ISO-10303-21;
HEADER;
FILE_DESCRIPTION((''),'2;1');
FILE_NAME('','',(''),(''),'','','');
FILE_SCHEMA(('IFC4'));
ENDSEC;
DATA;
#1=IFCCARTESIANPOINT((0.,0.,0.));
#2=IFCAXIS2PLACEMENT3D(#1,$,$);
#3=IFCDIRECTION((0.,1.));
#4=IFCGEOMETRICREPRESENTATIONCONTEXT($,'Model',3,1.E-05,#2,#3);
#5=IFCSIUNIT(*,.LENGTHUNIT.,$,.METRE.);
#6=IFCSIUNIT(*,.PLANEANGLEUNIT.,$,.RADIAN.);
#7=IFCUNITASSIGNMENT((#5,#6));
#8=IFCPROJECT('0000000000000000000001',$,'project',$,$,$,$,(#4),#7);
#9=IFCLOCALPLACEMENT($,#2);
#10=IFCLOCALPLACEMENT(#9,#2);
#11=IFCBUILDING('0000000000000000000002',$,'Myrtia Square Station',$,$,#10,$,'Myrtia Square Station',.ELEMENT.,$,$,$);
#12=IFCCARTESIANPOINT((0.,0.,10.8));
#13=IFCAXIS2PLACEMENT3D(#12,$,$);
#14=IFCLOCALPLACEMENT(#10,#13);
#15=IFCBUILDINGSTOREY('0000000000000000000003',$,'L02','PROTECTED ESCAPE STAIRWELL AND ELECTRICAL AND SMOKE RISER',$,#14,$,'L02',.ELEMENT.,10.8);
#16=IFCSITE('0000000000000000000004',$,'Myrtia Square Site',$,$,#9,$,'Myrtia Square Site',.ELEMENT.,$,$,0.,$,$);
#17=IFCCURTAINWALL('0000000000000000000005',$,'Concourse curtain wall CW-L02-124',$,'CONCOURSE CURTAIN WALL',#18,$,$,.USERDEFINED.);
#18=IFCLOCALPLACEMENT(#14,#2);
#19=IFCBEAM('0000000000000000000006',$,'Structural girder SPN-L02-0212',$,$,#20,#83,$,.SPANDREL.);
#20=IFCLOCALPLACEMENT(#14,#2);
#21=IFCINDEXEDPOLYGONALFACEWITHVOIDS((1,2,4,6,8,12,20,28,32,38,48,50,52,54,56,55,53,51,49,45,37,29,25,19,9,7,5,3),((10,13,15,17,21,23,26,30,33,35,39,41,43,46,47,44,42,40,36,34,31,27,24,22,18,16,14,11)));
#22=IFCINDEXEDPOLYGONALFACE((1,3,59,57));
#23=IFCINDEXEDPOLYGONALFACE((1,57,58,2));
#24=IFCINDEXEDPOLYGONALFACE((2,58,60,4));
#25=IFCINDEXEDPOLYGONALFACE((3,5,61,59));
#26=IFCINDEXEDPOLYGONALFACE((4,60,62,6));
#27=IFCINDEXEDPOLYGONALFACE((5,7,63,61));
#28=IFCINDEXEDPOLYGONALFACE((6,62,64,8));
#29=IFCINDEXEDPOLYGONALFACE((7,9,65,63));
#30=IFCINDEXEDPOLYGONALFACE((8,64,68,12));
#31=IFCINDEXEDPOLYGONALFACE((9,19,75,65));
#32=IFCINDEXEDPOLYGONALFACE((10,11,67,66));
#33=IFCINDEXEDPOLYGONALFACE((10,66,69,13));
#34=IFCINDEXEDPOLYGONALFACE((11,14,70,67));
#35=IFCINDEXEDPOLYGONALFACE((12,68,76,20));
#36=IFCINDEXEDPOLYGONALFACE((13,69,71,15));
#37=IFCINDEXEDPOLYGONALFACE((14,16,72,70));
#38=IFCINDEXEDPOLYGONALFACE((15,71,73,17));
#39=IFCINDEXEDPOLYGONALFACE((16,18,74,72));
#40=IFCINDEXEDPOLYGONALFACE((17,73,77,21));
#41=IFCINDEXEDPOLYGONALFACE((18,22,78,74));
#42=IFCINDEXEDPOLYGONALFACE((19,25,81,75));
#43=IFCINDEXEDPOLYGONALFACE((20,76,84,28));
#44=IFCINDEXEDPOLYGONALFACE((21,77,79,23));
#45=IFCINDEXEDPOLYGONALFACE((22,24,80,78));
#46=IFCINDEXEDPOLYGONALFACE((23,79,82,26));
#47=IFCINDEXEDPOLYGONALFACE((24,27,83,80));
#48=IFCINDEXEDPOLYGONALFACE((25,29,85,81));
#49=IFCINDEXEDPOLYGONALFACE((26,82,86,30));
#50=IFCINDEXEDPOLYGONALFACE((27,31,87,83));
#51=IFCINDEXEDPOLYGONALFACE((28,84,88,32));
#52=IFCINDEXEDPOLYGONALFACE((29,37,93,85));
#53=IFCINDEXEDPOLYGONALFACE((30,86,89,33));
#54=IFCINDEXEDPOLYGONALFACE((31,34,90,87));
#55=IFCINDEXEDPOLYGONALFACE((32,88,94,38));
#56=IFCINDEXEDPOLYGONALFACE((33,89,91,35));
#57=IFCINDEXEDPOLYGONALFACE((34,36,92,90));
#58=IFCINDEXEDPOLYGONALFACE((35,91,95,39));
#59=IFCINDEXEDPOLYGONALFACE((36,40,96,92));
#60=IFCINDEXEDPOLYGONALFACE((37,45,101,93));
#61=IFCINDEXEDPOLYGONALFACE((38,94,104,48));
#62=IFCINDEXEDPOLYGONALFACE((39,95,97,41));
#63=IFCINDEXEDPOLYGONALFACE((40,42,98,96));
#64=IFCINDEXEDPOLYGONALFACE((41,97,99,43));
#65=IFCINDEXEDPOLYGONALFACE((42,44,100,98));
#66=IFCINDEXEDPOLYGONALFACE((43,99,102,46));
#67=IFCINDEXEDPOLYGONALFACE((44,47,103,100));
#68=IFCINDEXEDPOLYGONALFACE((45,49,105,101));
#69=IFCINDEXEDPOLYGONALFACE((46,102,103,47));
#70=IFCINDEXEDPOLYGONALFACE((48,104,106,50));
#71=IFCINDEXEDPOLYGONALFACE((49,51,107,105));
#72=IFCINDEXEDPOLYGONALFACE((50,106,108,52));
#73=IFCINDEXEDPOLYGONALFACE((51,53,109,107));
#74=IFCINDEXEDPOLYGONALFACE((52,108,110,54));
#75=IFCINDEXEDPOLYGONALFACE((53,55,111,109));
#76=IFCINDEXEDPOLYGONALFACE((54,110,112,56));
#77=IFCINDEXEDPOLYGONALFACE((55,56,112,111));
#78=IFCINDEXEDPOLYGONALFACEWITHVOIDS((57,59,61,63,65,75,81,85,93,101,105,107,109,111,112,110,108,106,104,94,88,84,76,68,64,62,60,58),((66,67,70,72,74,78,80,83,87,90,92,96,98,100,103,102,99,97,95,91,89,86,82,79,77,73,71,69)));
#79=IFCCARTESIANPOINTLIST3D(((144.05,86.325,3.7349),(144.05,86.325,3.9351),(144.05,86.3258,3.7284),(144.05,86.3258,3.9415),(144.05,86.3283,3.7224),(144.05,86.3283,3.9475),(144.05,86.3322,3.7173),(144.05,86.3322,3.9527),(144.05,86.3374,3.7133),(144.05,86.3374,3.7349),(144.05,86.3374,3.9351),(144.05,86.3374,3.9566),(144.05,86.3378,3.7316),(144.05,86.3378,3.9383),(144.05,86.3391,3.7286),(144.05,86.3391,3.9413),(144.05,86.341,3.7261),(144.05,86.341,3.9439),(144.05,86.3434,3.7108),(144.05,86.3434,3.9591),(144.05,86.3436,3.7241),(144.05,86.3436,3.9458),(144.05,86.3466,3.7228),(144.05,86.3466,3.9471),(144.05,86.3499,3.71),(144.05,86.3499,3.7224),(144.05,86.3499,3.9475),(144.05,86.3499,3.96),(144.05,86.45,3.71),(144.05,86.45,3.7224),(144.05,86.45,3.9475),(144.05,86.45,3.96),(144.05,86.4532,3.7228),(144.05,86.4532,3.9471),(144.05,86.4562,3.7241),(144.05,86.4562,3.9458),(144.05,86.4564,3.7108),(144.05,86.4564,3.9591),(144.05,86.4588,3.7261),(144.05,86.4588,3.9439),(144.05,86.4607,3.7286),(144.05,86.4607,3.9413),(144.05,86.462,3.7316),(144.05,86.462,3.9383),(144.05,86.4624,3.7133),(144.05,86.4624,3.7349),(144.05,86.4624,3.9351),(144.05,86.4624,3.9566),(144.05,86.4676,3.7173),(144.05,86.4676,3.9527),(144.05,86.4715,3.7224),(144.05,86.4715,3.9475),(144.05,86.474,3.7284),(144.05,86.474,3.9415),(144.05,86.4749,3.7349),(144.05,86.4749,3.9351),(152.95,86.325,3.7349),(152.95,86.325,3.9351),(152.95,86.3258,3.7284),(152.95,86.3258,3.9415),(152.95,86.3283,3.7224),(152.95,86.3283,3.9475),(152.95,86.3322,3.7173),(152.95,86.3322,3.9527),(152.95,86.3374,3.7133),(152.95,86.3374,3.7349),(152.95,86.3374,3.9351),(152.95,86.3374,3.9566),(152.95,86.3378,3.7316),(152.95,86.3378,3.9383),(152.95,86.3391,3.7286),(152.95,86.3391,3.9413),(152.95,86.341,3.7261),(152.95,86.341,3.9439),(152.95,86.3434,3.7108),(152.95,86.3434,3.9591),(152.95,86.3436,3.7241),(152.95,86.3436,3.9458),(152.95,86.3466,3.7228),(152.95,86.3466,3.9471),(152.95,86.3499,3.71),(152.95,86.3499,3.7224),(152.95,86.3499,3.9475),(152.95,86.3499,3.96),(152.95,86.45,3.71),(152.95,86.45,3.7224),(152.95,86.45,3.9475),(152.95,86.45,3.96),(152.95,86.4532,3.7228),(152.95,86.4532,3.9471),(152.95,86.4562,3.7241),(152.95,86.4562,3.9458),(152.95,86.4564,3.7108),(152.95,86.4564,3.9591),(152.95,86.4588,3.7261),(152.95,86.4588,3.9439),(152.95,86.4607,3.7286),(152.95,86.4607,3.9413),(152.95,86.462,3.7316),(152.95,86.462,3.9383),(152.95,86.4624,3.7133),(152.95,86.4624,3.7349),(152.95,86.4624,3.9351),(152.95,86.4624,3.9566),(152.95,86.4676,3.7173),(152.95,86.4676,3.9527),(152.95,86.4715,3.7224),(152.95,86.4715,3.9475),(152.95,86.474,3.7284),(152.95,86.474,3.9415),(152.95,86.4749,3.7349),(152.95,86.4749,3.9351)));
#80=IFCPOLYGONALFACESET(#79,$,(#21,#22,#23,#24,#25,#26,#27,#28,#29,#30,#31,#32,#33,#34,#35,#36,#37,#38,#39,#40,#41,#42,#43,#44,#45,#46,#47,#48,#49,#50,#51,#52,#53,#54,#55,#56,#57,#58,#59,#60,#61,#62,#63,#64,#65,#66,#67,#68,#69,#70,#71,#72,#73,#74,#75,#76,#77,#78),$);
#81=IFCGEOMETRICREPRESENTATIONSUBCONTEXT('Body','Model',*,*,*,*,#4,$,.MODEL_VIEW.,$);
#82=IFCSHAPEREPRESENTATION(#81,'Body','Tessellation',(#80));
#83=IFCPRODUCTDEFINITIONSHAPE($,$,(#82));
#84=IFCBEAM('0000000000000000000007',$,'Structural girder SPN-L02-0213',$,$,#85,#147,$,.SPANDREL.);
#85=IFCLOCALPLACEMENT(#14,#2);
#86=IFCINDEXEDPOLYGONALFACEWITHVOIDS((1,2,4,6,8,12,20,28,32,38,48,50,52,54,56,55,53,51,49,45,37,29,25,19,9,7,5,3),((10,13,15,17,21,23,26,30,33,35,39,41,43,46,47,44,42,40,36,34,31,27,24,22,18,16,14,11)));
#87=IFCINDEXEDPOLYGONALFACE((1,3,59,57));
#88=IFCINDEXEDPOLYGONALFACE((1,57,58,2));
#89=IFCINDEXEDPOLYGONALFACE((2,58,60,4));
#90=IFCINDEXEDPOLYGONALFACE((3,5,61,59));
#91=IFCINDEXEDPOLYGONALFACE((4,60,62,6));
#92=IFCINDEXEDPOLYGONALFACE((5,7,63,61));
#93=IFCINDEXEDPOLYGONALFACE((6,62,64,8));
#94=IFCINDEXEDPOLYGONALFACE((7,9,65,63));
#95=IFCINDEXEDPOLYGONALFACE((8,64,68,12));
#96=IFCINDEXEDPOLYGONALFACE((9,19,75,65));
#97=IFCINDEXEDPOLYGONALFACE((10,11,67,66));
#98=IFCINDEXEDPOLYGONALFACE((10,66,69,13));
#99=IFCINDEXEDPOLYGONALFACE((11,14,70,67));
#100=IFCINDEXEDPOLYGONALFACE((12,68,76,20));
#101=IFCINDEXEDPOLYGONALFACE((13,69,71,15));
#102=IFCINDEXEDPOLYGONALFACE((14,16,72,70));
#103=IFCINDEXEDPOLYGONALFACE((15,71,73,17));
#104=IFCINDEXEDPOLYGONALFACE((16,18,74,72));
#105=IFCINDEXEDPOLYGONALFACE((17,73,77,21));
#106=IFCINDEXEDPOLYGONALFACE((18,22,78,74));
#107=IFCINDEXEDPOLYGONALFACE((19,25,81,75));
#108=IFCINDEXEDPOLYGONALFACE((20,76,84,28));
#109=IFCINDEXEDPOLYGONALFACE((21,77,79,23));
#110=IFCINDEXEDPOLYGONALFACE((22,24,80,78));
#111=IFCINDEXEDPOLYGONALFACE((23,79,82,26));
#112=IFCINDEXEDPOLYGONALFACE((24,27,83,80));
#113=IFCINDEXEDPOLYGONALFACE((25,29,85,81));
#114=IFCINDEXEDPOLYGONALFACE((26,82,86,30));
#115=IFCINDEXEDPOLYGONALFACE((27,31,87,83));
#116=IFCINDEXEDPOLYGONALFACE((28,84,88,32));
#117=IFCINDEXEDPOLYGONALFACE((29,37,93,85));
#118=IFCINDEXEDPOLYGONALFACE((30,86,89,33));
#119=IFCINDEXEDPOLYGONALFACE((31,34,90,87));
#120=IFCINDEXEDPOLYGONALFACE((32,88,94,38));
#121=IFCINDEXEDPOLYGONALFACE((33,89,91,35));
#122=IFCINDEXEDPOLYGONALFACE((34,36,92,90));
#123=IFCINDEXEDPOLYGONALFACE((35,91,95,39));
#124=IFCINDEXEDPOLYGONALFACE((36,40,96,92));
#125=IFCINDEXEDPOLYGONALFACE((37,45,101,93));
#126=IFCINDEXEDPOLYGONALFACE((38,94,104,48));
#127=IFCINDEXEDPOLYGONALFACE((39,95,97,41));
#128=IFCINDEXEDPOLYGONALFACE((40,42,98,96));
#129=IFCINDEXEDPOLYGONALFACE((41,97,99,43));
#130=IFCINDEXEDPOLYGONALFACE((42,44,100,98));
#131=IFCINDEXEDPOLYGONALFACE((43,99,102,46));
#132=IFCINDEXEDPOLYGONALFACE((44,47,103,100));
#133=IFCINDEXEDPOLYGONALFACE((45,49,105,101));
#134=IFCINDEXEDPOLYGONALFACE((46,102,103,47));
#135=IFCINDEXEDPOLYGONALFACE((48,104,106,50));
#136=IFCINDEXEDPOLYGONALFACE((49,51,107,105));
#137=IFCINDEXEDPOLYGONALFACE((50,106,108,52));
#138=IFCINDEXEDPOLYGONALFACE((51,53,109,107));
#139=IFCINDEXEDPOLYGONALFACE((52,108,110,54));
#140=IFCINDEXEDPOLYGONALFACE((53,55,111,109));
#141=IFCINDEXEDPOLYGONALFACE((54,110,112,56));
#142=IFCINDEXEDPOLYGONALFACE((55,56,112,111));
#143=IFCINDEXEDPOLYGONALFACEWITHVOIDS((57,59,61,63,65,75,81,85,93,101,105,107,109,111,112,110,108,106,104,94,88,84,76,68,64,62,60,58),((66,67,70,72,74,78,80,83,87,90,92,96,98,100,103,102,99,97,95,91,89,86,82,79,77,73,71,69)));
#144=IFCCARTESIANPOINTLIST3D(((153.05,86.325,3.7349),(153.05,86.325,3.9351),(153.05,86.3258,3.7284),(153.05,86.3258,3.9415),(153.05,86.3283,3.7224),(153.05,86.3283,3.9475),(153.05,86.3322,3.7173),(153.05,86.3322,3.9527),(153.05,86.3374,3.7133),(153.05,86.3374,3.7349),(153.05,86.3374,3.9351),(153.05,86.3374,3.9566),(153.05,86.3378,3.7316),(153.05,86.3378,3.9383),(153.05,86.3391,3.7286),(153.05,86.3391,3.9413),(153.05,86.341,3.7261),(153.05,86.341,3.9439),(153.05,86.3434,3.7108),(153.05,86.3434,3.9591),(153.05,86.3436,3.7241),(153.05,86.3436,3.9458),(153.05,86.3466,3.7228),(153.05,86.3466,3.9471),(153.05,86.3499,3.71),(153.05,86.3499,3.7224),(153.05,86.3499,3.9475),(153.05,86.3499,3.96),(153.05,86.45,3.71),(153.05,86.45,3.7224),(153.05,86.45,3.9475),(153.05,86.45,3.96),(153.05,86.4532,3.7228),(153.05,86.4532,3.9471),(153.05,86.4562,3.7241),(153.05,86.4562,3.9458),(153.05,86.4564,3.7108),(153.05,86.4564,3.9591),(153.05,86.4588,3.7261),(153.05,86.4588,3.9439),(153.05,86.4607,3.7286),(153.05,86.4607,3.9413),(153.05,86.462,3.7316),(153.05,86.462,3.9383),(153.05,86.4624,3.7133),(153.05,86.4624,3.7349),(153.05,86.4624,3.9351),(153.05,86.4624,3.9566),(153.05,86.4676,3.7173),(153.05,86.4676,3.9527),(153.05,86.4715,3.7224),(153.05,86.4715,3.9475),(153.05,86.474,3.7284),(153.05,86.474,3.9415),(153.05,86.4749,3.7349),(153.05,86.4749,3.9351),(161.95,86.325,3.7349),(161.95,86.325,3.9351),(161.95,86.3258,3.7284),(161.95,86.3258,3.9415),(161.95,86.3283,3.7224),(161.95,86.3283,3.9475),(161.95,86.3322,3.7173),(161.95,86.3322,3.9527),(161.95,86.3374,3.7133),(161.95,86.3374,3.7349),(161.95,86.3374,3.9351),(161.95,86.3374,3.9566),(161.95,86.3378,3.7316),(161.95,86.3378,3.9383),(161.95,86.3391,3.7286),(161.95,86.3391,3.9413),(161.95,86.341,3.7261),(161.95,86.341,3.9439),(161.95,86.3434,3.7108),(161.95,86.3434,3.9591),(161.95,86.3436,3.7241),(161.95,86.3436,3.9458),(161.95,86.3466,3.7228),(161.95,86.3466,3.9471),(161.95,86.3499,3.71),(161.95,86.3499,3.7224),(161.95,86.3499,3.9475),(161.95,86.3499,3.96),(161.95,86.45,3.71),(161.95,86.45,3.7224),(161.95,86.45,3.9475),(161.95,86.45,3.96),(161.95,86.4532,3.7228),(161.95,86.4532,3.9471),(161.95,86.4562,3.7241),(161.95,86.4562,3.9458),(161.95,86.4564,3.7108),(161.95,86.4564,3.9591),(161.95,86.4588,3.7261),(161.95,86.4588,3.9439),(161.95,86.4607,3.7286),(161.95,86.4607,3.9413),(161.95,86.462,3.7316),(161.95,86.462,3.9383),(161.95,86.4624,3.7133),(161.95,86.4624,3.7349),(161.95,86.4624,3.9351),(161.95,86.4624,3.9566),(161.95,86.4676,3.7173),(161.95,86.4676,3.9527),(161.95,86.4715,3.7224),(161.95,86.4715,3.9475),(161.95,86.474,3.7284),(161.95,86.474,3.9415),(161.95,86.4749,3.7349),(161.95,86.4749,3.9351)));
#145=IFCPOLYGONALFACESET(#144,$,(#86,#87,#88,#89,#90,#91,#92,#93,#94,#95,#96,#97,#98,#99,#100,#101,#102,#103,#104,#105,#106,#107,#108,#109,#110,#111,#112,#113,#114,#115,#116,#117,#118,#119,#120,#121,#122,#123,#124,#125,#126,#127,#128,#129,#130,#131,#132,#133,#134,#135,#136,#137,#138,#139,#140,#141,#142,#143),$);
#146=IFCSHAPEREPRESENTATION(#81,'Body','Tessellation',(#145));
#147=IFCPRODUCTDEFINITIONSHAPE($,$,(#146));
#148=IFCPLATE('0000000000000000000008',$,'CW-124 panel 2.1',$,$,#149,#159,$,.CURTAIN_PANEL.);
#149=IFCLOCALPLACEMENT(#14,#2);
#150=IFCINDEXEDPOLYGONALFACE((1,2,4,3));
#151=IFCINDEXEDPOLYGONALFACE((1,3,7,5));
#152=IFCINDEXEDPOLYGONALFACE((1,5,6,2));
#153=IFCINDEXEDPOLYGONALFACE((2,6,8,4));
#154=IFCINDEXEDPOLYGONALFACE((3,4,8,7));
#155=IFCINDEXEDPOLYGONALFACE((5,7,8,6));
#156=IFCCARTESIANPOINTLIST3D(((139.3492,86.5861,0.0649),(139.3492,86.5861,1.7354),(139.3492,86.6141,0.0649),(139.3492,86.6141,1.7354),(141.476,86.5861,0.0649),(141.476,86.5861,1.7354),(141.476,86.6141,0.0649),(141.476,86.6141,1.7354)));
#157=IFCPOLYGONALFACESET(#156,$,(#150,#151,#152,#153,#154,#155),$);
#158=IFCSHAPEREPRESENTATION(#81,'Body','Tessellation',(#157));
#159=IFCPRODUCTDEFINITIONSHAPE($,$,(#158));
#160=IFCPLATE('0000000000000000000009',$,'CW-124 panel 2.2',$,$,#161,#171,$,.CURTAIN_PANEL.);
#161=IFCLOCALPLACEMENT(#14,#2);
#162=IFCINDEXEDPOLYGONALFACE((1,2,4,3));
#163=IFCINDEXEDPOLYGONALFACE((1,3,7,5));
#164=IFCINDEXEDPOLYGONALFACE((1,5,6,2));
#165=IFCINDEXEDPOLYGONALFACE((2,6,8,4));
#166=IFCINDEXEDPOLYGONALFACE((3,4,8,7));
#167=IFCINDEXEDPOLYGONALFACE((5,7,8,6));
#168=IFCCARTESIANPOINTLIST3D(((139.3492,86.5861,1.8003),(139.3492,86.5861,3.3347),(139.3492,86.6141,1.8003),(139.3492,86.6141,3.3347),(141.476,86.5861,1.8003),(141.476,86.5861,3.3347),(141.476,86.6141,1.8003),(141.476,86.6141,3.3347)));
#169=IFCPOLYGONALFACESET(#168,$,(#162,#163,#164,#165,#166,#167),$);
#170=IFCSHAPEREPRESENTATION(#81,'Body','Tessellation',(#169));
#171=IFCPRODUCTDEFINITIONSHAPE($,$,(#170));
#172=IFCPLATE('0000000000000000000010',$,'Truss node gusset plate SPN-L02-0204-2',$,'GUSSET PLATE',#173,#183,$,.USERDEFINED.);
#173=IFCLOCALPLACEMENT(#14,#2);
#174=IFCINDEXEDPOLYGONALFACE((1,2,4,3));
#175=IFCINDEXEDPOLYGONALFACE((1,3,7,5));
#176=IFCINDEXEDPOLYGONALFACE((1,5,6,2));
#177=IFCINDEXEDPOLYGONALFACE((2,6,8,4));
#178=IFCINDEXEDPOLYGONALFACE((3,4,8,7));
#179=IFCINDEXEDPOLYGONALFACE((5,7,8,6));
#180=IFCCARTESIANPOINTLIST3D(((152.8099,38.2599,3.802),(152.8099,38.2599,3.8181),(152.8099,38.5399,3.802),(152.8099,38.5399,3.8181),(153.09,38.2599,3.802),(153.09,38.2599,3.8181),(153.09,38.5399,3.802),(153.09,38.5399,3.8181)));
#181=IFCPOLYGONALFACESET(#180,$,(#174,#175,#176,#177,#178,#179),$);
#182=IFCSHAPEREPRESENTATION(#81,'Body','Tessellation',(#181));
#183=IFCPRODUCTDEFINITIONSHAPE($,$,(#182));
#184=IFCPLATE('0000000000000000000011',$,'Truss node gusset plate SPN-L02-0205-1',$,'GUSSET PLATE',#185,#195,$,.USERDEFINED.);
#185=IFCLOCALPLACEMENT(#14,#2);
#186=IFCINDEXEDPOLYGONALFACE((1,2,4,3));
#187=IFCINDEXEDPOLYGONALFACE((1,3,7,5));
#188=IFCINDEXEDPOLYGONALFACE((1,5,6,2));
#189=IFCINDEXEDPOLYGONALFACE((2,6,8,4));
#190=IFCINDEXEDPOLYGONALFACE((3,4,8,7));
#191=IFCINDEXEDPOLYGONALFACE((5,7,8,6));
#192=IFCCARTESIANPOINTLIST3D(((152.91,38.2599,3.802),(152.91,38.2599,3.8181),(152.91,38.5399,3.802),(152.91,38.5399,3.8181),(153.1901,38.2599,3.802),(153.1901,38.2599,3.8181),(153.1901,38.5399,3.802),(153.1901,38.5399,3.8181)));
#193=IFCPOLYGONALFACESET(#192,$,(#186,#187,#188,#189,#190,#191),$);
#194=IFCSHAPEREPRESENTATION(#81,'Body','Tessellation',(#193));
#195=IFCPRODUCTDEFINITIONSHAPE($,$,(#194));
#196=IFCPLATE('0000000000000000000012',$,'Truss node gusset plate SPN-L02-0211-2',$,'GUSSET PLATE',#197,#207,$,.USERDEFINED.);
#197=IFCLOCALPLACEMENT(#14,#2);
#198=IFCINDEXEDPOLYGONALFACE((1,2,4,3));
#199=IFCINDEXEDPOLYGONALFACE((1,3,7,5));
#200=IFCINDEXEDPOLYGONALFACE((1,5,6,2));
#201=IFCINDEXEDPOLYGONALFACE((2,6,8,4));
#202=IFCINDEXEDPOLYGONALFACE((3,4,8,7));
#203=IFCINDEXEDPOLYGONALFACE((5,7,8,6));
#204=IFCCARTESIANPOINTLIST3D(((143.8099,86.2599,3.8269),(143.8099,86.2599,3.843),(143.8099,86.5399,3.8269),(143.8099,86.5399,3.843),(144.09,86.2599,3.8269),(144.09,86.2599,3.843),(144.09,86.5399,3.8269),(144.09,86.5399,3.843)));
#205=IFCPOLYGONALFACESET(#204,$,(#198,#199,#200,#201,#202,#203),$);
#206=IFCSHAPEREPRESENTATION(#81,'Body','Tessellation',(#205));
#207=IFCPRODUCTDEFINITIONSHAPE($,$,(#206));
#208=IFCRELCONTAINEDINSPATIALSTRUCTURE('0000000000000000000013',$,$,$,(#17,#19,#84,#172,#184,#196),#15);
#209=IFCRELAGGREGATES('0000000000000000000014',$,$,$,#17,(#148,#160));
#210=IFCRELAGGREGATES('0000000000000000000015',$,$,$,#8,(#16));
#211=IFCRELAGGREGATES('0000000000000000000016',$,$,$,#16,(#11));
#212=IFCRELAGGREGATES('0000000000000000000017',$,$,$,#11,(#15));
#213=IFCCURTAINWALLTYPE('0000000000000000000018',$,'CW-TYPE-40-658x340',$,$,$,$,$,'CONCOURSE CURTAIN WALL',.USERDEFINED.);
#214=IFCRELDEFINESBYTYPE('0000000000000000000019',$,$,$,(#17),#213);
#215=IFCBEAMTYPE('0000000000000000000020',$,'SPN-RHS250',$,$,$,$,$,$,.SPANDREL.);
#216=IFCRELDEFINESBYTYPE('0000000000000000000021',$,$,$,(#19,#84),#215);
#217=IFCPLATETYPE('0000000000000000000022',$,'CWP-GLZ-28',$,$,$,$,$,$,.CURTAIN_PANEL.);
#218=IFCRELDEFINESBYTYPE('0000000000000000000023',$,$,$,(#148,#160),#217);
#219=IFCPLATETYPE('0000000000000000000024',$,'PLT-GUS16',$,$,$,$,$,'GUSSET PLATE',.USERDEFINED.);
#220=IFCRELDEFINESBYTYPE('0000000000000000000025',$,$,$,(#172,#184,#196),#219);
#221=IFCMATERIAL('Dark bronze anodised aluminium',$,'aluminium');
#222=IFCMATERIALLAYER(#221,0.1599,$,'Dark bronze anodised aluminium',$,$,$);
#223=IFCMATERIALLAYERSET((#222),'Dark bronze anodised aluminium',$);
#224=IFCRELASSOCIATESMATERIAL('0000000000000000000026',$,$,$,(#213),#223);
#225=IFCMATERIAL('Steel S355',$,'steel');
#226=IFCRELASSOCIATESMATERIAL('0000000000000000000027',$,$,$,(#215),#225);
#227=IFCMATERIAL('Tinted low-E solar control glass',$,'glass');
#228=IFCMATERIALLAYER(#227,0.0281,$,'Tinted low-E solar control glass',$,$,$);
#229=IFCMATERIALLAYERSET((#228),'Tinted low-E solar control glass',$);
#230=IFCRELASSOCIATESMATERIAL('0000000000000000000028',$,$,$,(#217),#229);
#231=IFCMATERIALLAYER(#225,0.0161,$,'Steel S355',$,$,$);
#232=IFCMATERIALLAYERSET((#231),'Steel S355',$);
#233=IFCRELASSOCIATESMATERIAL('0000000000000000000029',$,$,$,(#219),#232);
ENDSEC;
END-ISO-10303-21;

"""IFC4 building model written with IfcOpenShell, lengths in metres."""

from ifc_helpers import new_model, si_unit, direction, frame, origin, origin_2d, place, context, subcontext, project, spatial, rectangle, hollow_rectangle, extrude, material, layer, layer_set, material_profile, profile_set, type_object, element, aggregate, save


model = new_model("IFC4")

# Units and contexts
model_context = context("Model", 3, precision=1e-05, world=origin(), true_north=direction((0.0, 1.0)))
body_context = subcontext(model_context, "Body", "Model", "MODEL_VIEW")
ifc_project = project(units=[si_unit("LENGTHUNIT", "METRE"), si_unit("PLANEANGLEUNIT", "RADIAN")], contexts=[model_context])

# Site, building, storey
site_placement = place(None, origin())
site = spatial("IfcSite", under=ifc_project, at=site_placement, Name="Myrtia Square Site", LongName="Myrtia Square Site", CompositionType="ELEMENT", RefElevation=0.0)
building_placement = place(site_placement, origin())
building = spatial("IfcBuilding", under=site, at=building_placement, Name="Myrtia Square Station", LongName="Myrtia Square Station", CompositionType="ELEMENT")
storey_placement = place(building_placement, frame((0.0, 0.0, 10.8)))
storey = spatial("IfcBuildingStorey", under=building, at=storey_placement, Name="L02", Description="PROTECTED ESCAPE STAIRWELL AND ELECTRICAL AND SMOKE RISER", LongName="L02", CompositionType="ELEMENT", Elevation=10.8)

# Shared definitions
ifc_material_1 = material(Name="Steel S355", Category="steel")

# Curtain wall
ifc_material_2 = material(Name="Dark bronze anodised aluminium", Category="aluminium")
ifc_layer_1 = layer(ifc_material_2, 0.1599, Name="Dark bronze anodised aluminium")
ifc_layer_set_1 = layer_set([ifc_layer_1], Name="Dark bronze anodised aluminium")
curtain_wall_type = type_object("IfcCurtainWallType", Name="CW-TYPE-40-658x340", ElementType="CONCOURSE CURTAIN WALL", PredefinedType="USERDEFINED", material=ifc_layer_set_1)
curtain_wall_placement = place(storey_placement, origin())
curtain_wall = element("IfcCurtainWall", 1, at=curtain_wall_placement, inside=storey, type_object=curtain_wall_type, Name="Concourse curtain wall CW-L02-124", ObjectType="CONCOURSE CURTAIN WALL", PredefinedType="USERDEFINED")

# Beams
ifc_material_profile_1 = material_profile(ifc_material_1, hollow_rectangle(XDim=0.1499, YDim=0.25, WallThickness=0.0125, InnerFilletRadius=0.0125, OuterFilletRadius=0.0249, at=origin_2d()), Name="RHS 250x150x12.5")
ifc_profile_set_1 = profile_set([ifc_material_profile_1], Name="Steel S355")
beam_type_1 = type_object("IfcBeamType", Name="SPN-RHS250", PredefinedType="SPANDREL", material=ifc_profile_set_1)
for number, where, z_axis, x_axis, name in (
    (2, (144.05, 86.3999, 3.835), (1.0, 0.0, 0.0), (0.0, 1.0, 0.0), "Structural girder SPN-L02-0212"),
    (3, (153.05, 86.3999, 3.835), (1.0, 0.0, 0.0), (0.0, 1.0, 0.0), "Structural girder SPN-L02-0213"),
):
    element("IfcBeam", number, at=place(storey_placement, frame(where, z_axis=z_axis, x_axis=x_axis)), inside=storey, type_object=beam_type_1, Name=name, PredefinedType="SPANDREL", context=body_context, shape_type="SweptSolid", body=[
        extrude(hollow_rectangle(XDim=0.1499, YDim=0.25, WallThickness=0.0125, InnerFilletRadius=0.0125, OuterFilletRadius=0.0249, at=origin_2d()), origin(), (0.0, 0.0, 1.0), 8.8999),
    ])

# Plates
ifc_material_3 = material(Name="Tinted low-E solar control glass", Category="glass")
ifc_layer_2 = layer(ifc_material_3, 0.0281, Name="Tinted low-E solar control glass")
ifc_layer_set_2 = layer_set([ifc_layer_2], Name="Tinted low-E solar control glass")
plate_type_1 = type_object("IfcPlateType", Name="CWP-GLZ-28", PredefinedType="CURTAIN_PANEL", material=ifc_layer_set_2)
plate_1_placement = place(storey_placement, frame((140.4126, 86.6001, 0.0649), z_axis=(0.0, 0.0, 1.0), x_axis=(1.0, 0.0, 0.0)))
plate_1 = element("IfcPlate", 4, at=plate_1_placement, type_object=plate_type_1, Name="CW-124 panel 2.1", PredefinedType="CURTAIN_PANEL", context=body_context, shape_type="SweptSolid", body=[
    extrude(rectangle(XDim=2.1267, YDim=0.0281, at=origin_2d()), origin(), (0.0, 0.0, 1.0), 1.6704),
])
plate_2_placement = place(storey_placement, frame((140.4126, 86.6001, 1.8003), z_axis=(0.0, 0.0, 1.0), x_axis=(1.0, 0.0, 0.0)))
plate_2 = element("IfcPlate", 5, at=plate_2_placement, type_object=plate_type_1, Name="CW-124 panel 2.2", PredefinedType="CURTAIN_PANEL", context=body_context, shape_type="SweptSolid", body=[
    extrude(rectangle(XDim=2.1267, YDim=0.0281, at=origin_2d()), origin(), (0.0, 0.0, 1.0), 1.5344),
])
aggregate(curtain_wall, [plate_1, plate_2])

# Plates
ifc_layer_3 = layer(ifc_material_1, 0.0161, Name="Steel S355")
ifc_layer_set_3 = layer_set([ifc_layer_3], Name="Steel S355")
plate_type_2 = type_object("IfcPlateType", Name="PLT-GUS16", ElementType="GUSSET PLATE", PredefinedType="USERDEFINED", material=ifc_layer_set_3)
for number, where, z_axis, x_axis, name in (
    (6, (152.95, 38.3999, 3.802), (0.0, 0.0, 1.0), (1.0, 0.0, 0.0), "Truss node gusset plate SPN-L02-0204-2"),
    (7, (153.05, 38.3999, 3.802), (0.0, 0.0, 1.0), (1.0, 0.0, 0.0), "Truss node gusset plate SPN-L02-0205-1"),
    (8, (143.95, 86.3999, 3.8269), (0.0, 0.0, 1.0), (1.0, 0.0, 0.0), "Truss node gusset plate SPN-L02-0211-2"),
):
    element("IfcPlate", number, at=place(storey_placement, frame(where, z_axis=z_axis, x_axis=x_axis)), inside=storey, type_object=plate_type_2, Name=name, ObjectType="GUSSET PLATE", PredefinedType="USERDEFINED", context=body_context, shape_type="SweptSolid", body=[
        extrude(rectangle(XDim=0.28, YDim=0.28, at=origin_2d()), origin(), (0.0, 0.0, 1.0), 0.0161),
    ])

save(model, "model.ifc")
